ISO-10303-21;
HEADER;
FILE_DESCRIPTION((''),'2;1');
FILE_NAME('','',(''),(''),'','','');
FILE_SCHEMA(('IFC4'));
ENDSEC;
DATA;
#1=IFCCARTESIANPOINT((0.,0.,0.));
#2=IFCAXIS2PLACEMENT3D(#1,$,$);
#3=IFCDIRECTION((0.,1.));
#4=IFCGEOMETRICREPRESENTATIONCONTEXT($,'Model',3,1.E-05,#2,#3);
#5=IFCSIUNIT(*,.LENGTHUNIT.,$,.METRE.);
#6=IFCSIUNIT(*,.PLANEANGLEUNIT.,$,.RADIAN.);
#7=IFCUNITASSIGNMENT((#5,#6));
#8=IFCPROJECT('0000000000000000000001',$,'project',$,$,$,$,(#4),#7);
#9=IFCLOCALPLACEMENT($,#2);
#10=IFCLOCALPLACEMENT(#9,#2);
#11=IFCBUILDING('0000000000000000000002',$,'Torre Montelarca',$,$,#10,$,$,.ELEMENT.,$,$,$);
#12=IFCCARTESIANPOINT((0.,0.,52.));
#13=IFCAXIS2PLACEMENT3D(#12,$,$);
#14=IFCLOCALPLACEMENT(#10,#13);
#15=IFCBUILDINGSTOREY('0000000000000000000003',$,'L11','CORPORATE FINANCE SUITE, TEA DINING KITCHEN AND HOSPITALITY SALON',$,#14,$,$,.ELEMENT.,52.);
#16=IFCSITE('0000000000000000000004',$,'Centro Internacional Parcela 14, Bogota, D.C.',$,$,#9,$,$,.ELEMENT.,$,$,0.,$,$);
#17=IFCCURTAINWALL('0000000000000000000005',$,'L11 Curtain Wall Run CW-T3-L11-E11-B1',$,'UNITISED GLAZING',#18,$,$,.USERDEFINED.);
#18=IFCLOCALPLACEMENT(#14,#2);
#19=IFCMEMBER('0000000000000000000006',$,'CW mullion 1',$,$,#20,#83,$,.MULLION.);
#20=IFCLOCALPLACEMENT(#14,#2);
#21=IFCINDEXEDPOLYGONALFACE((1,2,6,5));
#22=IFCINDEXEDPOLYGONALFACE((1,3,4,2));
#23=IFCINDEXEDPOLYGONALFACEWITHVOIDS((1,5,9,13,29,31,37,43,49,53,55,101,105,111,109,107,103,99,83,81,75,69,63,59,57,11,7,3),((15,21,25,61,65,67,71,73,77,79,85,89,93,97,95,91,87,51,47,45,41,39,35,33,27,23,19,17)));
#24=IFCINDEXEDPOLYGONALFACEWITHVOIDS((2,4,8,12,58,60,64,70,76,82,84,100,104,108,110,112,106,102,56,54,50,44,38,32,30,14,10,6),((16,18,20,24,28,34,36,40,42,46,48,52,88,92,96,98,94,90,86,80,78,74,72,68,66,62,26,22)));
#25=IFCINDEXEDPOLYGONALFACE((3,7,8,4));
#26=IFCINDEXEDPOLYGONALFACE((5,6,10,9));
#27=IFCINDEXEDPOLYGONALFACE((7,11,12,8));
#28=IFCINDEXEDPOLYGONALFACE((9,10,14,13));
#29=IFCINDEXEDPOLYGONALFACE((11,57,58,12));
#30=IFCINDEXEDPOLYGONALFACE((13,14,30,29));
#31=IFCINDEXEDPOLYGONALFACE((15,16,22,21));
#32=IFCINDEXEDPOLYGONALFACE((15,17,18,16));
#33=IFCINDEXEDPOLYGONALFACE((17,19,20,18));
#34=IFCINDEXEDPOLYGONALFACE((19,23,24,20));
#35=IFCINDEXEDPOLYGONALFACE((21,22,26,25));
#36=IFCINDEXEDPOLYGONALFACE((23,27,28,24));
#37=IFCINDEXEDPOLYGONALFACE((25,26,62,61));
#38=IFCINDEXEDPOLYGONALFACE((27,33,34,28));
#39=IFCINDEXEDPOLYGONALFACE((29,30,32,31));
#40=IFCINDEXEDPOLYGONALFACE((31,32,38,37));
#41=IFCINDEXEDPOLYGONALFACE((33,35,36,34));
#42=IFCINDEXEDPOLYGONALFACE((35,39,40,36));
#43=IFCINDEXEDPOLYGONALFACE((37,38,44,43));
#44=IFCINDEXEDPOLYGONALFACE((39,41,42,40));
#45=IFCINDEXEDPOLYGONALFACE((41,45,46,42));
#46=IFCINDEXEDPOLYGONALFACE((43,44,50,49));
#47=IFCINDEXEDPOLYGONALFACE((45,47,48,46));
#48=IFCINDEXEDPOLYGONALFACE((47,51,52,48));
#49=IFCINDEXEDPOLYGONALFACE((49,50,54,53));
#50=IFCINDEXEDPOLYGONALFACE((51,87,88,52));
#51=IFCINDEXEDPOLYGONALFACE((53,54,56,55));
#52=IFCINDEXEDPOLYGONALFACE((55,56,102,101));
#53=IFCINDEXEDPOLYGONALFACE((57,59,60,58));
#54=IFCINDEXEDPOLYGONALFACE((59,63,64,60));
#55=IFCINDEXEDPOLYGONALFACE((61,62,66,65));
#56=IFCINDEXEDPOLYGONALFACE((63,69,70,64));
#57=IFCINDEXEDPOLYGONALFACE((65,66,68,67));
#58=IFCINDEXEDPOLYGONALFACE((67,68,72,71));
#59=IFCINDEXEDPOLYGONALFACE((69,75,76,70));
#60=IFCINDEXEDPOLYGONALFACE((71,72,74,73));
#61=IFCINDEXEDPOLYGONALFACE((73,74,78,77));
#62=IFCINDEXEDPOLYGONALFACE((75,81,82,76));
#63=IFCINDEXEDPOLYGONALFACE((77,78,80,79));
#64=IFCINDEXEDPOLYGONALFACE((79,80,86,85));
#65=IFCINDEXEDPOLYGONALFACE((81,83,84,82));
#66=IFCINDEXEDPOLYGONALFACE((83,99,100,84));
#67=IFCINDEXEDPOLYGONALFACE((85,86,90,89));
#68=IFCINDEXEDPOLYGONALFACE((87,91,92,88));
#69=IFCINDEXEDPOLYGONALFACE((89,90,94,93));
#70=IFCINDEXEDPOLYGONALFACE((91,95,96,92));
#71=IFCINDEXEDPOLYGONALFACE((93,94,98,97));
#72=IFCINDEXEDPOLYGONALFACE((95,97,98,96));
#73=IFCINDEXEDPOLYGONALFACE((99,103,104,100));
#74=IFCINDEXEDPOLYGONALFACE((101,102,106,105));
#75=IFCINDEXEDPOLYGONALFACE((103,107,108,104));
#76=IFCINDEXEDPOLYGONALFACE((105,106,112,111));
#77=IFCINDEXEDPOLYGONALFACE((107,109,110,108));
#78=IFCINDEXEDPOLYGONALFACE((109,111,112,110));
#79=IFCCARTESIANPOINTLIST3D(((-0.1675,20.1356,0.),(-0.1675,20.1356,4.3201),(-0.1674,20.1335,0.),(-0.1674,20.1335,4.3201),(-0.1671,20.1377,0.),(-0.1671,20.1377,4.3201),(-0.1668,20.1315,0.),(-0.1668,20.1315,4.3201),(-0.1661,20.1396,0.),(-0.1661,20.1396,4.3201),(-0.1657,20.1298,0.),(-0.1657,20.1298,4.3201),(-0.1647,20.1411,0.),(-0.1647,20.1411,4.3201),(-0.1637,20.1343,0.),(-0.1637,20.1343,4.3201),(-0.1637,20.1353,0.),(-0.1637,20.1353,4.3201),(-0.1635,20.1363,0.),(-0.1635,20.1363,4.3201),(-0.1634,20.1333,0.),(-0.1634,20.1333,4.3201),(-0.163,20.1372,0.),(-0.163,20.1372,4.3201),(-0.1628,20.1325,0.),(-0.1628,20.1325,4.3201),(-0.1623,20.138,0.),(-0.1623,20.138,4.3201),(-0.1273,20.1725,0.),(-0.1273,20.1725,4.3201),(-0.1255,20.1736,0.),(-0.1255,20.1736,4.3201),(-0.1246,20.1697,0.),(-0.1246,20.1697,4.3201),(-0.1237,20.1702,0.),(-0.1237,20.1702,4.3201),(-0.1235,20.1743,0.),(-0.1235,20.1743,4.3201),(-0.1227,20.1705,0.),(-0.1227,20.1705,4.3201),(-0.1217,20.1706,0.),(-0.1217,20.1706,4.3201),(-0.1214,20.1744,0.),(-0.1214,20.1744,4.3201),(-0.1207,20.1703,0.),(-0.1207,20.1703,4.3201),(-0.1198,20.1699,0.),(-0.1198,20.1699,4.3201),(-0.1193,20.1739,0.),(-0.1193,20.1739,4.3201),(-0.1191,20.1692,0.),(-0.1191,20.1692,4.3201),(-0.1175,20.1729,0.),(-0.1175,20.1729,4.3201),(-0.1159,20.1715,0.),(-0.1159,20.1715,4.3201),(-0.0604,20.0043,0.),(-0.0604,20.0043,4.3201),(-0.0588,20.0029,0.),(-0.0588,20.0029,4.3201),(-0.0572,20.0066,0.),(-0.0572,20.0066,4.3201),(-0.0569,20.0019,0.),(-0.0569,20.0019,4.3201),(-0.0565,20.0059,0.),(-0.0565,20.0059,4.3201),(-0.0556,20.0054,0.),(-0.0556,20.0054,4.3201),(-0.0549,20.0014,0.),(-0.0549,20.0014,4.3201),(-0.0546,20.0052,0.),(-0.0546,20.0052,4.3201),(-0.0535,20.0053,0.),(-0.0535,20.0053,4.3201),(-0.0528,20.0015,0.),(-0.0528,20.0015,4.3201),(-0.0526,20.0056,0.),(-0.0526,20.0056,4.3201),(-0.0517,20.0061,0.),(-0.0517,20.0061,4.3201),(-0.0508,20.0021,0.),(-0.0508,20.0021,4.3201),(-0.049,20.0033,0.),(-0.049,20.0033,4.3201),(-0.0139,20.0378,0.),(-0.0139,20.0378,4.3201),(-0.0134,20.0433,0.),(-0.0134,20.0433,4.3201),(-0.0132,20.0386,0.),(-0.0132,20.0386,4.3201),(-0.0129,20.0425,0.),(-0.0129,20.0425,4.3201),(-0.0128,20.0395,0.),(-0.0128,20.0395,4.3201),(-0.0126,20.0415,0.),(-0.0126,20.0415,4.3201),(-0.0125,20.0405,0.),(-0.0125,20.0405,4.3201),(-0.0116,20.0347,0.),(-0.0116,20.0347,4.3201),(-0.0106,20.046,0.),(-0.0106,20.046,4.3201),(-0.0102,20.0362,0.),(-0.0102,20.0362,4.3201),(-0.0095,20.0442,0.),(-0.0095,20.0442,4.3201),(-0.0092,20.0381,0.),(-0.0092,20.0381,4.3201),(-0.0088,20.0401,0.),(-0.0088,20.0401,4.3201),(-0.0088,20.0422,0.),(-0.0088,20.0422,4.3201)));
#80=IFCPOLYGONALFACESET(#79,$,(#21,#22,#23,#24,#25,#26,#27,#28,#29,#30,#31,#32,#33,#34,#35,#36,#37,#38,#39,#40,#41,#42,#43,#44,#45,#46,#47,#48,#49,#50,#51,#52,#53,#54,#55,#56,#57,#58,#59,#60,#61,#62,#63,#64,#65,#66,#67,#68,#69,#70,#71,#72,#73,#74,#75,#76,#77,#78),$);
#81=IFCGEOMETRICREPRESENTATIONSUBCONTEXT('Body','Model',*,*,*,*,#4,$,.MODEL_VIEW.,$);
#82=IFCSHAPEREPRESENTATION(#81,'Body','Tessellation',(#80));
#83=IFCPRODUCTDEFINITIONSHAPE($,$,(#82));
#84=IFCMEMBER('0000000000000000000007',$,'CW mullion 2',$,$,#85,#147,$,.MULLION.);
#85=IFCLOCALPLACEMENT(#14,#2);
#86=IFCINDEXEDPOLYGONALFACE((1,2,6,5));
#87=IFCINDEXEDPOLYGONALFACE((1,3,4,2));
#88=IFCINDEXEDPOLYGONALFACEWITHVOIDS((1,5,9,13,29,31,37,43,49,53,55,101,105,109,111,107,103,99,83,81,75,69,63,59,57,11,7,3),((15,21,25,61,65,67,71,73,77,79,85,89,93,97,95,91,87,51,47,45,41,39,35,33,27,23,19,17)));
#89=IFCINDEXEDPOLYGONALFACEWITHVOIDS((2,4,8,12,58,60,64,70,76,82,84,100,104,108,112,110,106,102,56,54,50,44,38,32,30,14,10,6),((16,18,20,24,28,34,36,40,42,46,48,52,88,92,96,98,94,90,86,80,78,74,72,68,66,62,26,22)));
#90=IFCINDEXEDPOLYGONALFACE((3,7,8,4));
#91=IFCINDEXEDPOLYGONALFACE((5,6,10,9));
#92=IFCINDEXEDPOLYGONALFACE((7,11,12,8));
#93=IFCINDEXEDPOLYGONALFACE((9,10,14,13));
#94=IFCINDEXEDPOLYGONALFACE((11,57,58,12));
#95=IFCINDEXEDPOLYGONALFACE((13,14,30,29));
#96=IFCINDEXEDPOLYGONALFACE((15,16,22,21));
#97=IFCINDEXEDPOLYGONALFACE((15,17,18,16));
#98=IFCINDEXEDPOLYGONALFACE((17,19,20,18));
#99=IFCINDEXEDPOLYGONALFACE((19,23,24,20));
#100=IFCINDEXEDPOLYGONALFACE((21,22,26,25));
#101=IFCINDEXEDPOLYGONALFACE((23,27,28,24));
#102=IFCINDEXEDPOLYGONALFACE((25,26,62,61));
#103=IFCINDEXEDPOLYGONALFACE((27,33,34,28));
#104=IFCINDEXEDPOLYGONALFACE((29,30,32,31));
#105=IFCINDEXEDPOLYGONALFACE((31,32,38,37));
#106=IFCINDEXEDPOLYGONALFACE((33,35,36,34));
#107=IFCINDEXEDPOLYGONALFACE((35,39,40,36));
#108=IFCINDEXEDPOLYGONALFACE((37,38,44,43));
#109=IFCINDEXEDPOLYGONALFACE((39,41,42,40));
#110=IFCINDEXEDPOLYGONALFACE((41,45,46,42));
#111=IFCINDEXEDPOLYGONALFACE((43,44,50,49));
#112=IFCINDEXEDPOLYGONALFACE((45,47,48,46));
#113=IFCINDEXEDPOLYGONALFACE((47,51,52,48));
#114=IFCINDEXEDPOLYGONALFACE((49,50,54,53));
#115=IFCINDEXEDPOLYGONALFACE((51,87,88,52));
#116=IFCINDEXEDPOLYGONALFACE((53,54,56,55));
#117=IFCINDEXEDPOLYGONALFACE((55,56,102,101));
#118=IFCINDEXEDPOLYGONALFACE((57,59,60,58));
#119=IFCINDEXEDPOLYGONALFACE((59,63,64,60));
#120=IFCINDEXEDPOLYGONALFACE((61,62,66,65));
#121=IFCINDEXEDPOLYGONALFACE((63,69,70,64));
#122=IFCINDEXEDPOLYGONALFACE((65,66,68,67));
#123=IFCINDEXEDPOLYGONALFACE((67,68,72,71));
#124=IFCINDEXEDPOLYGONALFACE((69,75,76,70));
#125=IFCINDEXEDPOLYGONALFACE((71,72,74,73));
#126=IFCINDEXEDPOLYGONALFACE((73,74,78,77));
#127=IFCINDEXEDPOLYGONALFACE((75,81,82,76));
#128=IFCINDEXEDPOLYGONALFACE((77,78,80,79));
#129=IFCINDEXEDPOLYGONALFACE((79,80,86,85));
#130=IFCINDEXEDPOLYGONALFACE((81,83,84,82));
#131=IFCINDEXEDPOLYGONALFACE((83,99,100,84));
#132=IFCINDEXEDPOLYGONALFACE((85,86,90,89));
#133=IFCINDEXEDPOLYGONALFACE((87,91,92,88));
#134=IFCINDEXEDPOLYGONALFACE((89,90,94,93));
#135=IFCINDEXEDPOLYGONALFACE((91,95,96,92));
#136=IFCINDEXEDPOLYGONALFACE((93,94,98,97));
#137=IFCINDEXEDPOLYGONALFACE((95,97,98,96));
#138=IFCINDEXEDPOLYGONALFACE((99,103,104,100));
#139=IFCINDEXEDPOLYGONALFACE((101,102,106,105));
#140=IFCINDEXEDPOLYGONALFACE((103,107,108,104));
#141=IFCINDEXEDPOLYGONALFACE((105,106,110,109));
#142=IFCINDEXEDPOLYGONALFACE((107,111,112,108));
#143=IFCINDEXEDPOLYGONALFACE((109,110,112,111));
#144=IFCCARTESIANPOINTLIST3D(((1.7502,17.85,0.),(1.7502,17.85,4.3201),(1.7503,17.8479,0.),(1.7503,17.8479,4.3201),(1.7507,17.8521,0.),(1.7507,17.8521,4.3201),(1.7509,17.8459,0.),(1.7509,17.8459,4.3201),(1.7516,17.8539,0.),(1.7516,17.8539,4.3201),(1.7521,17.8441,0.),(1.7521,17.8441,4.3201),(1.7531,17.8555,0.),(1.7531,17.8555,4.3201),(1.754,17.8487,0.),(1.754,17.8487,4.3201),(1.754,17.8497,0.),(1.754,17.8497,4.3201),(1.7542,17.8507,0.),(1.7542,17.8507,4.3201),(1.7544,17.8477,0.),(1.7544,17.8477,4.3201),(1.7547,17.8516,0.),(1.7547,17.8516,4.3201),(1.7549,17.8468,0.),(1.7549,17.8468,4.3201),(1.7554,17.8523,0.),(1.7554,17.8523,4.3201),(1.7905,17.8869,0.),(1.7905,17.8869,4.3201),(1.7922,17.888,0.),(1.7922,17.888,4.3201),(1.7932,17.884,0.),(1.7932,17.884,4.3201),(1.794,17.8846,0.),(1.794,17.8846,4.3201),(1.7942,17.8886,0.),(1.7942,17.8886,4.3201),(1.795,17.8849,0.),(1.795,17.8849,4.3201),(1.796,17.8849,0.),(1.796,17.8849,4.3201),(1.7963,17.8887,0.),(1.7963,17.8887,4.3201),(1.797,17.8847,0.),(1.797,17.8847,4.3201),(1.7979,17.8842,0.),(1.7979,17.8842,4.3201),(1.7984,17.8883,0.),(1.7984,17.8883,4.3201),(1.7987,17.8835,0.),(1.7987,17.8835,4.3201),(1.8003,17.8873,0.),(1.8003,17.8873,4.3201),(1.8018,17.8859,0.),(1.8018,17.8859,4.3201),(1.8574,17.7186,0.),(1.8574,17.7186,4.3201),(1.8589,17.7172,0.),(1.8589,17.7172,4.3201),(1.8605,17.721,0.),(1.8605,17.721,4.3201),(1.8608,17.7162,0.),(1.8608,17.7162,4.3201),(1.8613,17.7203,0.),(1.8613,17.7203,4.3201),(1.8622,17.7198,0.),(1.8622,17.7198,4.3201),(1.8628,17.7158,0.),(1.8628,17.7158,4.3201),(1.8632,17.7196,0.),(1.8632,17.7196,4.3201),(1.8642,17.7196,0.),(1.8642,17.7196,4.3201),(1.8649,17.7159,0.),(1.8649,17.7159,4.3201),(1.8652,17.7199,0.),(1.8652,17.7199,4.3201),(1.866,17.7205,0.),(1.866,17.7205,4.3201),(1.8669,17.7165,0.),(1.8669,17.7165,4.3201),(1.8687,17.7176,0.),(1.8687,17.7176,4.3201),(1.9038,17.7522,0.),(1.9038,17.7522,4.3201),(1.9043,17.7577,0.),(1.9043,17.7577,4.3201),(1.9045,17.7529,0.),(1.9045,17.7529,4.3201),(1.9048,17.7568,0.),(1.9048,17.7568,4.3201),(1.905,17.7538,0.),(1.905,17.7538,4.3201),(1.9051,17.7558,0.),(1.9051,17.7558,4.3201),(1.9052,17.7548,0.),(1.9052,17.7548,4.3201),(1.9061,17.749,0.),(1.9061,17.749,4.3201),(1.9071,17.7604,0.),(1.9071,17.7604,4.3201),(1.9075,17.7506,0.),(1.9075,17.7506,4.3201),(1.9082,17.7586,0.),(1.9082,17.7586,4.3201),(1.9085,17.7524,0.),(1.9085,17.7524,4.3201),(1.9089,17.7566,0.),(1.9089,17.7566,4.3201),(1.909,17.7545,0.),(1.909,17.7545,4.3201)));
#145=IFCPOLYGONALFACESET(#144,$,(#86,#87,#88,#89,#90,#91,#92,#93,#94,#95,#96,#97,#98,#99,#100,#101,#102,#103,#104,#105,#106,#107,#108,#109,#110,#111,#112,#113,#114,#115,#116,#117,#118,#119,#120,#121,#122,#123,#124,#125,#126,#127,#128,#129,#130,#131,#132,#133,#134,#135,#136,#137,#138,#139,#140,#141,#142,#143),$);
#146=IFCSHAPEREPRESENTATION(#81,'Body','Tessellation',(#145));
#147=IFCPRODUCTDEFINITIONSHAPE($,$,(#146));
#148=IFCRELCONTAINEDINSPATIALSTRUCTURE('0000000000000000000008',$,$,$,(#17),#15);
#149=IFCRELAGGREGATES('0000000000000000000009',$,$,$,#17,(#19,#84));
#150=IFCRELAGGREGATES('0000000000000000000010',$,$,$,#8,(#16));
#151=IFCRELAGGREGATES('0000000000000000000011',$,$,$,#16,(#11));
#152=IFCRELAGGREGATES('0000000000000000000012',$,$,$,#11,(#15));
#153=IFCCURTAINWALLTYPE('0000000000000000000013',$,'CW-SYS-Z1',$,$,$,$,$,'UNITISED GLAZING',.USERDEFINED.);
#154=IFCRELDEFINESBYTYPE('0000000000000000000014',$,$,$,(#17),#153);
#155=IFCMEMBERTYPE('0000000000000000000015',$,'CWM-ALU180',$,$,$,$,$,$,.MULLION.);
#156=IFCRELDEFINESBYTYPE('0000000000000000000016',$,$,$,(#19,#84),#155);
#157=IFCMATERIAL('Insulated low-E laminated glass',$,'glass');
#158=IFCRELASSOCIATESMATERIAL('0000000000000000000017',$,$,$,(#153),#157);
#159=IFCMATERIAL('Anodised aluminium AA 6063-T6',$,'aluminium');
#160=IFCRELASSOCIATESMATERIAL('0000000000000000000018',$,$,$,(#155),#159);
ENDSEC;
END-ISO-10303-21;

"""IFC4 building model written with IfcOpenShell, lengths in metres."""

from ifc_helpers import new_model, si_unit, direction, frame, origin, origin_2d, place, context, subcontext, project, spatial, hollow_rectangle, extrude, source, transform, mapped, material, material_profile, profile_set, type_object, element, aggregate, save


model = new_model("IFC4")

# Units and contexts
model_context = context("Model", 3, precision=1e-05, world=origin(), true_north=direction((0.0, 1.0)))
body_context = subcontext(model_context, "Body", "Model", "MODEL_VIEW")
ifc_project = project(units=[si_unit("LENGTHUNIT", "METRE"), si_unit("PLANEANGLEUNIT", "RADIAN")], contexts=[model_context])

# Site, building, storey
site_placement = place(None, origin())
site = spatial("IfcSite", under=ifc_project, at=site_placement, Name="Centro Internacional Parcela 14, Bogota, D.C.", CompositionType="ELEMENT", RefElevation=0.0)
building_placement = place(site_placement, origin())
building = spatial("IfcBuilding", under=site, at=building_placement, Name="Torre Montelarca", CompositionType="ELEMENT")
storey_placement = place(building_placement, frame((0.0, 0.0, 52.0)))
storey = spatial("IfcBuildingStorey", under=building, at=storey_placement, Name="L11", Description="CORPORATE FINANCE SUITE, TEA DINING KITCHEN AND HOSPITALITY SALON", CompositionType="ELEMENT", Elevation=52.0)

# Shared definitions
ifc_material_1 = material(Name="Insulated low-E laminated glass", Category="glass")
curtain_wall_type = type_object("IfcCurtainWallType", Name="CW-SYS-Z1", ElementType="UNITISED GLAZING", PredefinedType="USERDEFINED", material=ifc_material_1)
ifc_material_2 = material(Name="Anodised aluminium AA 6063-T6", Category="aluminium")
ifc_material_profile_1 = material_profile(ifc_material_2, hollow_rectangle(XDim=0.0649, YDim=0.1799, WallThickness=0.0039, InnerFilletRadius=0.0039, OuterFilletRadius=0.0081, at=origin_2d()), Name="ALU65X180X4", Category="aluminium")
ifc_profile_set_1 = profile_set([ifc_material_profile_1], Name="Anodised aluminium AA 6063-T6")
member_type_1 = type_object("IfcMemberType", Name="CWM-ALU180", PredefinedType="MULLION", material=ifc_profile_set_1)
shared_shape_1 = source(origin(), body_context, "Body", "SweptSolid", [
    extrude(hollow_rectangle(XDim=0.0649, YDim=0.1799, WallThickness=0.0039, InnerFilletRadius=0.0039, OuterFilletRadius=0.0081, at=origin_2d()), origin(), (0.0, 0.0, 1.0), 4.3201),
])

# Curtain wall, members
curtain_wall_1_placement = place(storey_placement, origin())
curtain_wall_1 = element("IfcCurtainWall", 1, at=curtain_wall_1_placement, inside=storey, type_object=curtain_wall_type, Name="L11 Curtain Wall Run CW-T3-L11-E11-B1", ObjectType="UNITISED GLAZING", PredefinedType="USERDEFINED")
member_1_placement = place(storey_placement, frame((-0.0881, 20.0879, 0.0), z_axis=(0.0, 0.0, 1.0), x_axis=(0.766043, 0.64279, 0.0)))
member_1 = element("IfcMember", 2, at=member_1_placement, type_object=member_type_1, Name="CW mullion 1", PredefinedType="MULLION", context=body_context, shape_type="MappedRepresentation", body=[
    mapped(shared_shape_1, transform((0.0, 0.0, 0.0), scale=1.0)),
])
member_2_placement = place(storey_placement, frame((1.8296, 17.8022, 0.0), z_axis=(0.0, 0.0, 1.0), x_axis=(0.766043, 0.64279, 0.0)))
member_2 = element("IfcMember", 3, at=member_2_placement, type_object=member_type_1, Name="CW mullion 2", PredefinedType="MULLION", context=body_context, shape_type="MappedRepresentation", body=[
    mapped(shared_shape_1, transform((0.0, 0.0, 0.0), scale=1.0)),
])
aggregate(curtain_wall_1, [member_1, member_2])

save(model, "model.ifc")
